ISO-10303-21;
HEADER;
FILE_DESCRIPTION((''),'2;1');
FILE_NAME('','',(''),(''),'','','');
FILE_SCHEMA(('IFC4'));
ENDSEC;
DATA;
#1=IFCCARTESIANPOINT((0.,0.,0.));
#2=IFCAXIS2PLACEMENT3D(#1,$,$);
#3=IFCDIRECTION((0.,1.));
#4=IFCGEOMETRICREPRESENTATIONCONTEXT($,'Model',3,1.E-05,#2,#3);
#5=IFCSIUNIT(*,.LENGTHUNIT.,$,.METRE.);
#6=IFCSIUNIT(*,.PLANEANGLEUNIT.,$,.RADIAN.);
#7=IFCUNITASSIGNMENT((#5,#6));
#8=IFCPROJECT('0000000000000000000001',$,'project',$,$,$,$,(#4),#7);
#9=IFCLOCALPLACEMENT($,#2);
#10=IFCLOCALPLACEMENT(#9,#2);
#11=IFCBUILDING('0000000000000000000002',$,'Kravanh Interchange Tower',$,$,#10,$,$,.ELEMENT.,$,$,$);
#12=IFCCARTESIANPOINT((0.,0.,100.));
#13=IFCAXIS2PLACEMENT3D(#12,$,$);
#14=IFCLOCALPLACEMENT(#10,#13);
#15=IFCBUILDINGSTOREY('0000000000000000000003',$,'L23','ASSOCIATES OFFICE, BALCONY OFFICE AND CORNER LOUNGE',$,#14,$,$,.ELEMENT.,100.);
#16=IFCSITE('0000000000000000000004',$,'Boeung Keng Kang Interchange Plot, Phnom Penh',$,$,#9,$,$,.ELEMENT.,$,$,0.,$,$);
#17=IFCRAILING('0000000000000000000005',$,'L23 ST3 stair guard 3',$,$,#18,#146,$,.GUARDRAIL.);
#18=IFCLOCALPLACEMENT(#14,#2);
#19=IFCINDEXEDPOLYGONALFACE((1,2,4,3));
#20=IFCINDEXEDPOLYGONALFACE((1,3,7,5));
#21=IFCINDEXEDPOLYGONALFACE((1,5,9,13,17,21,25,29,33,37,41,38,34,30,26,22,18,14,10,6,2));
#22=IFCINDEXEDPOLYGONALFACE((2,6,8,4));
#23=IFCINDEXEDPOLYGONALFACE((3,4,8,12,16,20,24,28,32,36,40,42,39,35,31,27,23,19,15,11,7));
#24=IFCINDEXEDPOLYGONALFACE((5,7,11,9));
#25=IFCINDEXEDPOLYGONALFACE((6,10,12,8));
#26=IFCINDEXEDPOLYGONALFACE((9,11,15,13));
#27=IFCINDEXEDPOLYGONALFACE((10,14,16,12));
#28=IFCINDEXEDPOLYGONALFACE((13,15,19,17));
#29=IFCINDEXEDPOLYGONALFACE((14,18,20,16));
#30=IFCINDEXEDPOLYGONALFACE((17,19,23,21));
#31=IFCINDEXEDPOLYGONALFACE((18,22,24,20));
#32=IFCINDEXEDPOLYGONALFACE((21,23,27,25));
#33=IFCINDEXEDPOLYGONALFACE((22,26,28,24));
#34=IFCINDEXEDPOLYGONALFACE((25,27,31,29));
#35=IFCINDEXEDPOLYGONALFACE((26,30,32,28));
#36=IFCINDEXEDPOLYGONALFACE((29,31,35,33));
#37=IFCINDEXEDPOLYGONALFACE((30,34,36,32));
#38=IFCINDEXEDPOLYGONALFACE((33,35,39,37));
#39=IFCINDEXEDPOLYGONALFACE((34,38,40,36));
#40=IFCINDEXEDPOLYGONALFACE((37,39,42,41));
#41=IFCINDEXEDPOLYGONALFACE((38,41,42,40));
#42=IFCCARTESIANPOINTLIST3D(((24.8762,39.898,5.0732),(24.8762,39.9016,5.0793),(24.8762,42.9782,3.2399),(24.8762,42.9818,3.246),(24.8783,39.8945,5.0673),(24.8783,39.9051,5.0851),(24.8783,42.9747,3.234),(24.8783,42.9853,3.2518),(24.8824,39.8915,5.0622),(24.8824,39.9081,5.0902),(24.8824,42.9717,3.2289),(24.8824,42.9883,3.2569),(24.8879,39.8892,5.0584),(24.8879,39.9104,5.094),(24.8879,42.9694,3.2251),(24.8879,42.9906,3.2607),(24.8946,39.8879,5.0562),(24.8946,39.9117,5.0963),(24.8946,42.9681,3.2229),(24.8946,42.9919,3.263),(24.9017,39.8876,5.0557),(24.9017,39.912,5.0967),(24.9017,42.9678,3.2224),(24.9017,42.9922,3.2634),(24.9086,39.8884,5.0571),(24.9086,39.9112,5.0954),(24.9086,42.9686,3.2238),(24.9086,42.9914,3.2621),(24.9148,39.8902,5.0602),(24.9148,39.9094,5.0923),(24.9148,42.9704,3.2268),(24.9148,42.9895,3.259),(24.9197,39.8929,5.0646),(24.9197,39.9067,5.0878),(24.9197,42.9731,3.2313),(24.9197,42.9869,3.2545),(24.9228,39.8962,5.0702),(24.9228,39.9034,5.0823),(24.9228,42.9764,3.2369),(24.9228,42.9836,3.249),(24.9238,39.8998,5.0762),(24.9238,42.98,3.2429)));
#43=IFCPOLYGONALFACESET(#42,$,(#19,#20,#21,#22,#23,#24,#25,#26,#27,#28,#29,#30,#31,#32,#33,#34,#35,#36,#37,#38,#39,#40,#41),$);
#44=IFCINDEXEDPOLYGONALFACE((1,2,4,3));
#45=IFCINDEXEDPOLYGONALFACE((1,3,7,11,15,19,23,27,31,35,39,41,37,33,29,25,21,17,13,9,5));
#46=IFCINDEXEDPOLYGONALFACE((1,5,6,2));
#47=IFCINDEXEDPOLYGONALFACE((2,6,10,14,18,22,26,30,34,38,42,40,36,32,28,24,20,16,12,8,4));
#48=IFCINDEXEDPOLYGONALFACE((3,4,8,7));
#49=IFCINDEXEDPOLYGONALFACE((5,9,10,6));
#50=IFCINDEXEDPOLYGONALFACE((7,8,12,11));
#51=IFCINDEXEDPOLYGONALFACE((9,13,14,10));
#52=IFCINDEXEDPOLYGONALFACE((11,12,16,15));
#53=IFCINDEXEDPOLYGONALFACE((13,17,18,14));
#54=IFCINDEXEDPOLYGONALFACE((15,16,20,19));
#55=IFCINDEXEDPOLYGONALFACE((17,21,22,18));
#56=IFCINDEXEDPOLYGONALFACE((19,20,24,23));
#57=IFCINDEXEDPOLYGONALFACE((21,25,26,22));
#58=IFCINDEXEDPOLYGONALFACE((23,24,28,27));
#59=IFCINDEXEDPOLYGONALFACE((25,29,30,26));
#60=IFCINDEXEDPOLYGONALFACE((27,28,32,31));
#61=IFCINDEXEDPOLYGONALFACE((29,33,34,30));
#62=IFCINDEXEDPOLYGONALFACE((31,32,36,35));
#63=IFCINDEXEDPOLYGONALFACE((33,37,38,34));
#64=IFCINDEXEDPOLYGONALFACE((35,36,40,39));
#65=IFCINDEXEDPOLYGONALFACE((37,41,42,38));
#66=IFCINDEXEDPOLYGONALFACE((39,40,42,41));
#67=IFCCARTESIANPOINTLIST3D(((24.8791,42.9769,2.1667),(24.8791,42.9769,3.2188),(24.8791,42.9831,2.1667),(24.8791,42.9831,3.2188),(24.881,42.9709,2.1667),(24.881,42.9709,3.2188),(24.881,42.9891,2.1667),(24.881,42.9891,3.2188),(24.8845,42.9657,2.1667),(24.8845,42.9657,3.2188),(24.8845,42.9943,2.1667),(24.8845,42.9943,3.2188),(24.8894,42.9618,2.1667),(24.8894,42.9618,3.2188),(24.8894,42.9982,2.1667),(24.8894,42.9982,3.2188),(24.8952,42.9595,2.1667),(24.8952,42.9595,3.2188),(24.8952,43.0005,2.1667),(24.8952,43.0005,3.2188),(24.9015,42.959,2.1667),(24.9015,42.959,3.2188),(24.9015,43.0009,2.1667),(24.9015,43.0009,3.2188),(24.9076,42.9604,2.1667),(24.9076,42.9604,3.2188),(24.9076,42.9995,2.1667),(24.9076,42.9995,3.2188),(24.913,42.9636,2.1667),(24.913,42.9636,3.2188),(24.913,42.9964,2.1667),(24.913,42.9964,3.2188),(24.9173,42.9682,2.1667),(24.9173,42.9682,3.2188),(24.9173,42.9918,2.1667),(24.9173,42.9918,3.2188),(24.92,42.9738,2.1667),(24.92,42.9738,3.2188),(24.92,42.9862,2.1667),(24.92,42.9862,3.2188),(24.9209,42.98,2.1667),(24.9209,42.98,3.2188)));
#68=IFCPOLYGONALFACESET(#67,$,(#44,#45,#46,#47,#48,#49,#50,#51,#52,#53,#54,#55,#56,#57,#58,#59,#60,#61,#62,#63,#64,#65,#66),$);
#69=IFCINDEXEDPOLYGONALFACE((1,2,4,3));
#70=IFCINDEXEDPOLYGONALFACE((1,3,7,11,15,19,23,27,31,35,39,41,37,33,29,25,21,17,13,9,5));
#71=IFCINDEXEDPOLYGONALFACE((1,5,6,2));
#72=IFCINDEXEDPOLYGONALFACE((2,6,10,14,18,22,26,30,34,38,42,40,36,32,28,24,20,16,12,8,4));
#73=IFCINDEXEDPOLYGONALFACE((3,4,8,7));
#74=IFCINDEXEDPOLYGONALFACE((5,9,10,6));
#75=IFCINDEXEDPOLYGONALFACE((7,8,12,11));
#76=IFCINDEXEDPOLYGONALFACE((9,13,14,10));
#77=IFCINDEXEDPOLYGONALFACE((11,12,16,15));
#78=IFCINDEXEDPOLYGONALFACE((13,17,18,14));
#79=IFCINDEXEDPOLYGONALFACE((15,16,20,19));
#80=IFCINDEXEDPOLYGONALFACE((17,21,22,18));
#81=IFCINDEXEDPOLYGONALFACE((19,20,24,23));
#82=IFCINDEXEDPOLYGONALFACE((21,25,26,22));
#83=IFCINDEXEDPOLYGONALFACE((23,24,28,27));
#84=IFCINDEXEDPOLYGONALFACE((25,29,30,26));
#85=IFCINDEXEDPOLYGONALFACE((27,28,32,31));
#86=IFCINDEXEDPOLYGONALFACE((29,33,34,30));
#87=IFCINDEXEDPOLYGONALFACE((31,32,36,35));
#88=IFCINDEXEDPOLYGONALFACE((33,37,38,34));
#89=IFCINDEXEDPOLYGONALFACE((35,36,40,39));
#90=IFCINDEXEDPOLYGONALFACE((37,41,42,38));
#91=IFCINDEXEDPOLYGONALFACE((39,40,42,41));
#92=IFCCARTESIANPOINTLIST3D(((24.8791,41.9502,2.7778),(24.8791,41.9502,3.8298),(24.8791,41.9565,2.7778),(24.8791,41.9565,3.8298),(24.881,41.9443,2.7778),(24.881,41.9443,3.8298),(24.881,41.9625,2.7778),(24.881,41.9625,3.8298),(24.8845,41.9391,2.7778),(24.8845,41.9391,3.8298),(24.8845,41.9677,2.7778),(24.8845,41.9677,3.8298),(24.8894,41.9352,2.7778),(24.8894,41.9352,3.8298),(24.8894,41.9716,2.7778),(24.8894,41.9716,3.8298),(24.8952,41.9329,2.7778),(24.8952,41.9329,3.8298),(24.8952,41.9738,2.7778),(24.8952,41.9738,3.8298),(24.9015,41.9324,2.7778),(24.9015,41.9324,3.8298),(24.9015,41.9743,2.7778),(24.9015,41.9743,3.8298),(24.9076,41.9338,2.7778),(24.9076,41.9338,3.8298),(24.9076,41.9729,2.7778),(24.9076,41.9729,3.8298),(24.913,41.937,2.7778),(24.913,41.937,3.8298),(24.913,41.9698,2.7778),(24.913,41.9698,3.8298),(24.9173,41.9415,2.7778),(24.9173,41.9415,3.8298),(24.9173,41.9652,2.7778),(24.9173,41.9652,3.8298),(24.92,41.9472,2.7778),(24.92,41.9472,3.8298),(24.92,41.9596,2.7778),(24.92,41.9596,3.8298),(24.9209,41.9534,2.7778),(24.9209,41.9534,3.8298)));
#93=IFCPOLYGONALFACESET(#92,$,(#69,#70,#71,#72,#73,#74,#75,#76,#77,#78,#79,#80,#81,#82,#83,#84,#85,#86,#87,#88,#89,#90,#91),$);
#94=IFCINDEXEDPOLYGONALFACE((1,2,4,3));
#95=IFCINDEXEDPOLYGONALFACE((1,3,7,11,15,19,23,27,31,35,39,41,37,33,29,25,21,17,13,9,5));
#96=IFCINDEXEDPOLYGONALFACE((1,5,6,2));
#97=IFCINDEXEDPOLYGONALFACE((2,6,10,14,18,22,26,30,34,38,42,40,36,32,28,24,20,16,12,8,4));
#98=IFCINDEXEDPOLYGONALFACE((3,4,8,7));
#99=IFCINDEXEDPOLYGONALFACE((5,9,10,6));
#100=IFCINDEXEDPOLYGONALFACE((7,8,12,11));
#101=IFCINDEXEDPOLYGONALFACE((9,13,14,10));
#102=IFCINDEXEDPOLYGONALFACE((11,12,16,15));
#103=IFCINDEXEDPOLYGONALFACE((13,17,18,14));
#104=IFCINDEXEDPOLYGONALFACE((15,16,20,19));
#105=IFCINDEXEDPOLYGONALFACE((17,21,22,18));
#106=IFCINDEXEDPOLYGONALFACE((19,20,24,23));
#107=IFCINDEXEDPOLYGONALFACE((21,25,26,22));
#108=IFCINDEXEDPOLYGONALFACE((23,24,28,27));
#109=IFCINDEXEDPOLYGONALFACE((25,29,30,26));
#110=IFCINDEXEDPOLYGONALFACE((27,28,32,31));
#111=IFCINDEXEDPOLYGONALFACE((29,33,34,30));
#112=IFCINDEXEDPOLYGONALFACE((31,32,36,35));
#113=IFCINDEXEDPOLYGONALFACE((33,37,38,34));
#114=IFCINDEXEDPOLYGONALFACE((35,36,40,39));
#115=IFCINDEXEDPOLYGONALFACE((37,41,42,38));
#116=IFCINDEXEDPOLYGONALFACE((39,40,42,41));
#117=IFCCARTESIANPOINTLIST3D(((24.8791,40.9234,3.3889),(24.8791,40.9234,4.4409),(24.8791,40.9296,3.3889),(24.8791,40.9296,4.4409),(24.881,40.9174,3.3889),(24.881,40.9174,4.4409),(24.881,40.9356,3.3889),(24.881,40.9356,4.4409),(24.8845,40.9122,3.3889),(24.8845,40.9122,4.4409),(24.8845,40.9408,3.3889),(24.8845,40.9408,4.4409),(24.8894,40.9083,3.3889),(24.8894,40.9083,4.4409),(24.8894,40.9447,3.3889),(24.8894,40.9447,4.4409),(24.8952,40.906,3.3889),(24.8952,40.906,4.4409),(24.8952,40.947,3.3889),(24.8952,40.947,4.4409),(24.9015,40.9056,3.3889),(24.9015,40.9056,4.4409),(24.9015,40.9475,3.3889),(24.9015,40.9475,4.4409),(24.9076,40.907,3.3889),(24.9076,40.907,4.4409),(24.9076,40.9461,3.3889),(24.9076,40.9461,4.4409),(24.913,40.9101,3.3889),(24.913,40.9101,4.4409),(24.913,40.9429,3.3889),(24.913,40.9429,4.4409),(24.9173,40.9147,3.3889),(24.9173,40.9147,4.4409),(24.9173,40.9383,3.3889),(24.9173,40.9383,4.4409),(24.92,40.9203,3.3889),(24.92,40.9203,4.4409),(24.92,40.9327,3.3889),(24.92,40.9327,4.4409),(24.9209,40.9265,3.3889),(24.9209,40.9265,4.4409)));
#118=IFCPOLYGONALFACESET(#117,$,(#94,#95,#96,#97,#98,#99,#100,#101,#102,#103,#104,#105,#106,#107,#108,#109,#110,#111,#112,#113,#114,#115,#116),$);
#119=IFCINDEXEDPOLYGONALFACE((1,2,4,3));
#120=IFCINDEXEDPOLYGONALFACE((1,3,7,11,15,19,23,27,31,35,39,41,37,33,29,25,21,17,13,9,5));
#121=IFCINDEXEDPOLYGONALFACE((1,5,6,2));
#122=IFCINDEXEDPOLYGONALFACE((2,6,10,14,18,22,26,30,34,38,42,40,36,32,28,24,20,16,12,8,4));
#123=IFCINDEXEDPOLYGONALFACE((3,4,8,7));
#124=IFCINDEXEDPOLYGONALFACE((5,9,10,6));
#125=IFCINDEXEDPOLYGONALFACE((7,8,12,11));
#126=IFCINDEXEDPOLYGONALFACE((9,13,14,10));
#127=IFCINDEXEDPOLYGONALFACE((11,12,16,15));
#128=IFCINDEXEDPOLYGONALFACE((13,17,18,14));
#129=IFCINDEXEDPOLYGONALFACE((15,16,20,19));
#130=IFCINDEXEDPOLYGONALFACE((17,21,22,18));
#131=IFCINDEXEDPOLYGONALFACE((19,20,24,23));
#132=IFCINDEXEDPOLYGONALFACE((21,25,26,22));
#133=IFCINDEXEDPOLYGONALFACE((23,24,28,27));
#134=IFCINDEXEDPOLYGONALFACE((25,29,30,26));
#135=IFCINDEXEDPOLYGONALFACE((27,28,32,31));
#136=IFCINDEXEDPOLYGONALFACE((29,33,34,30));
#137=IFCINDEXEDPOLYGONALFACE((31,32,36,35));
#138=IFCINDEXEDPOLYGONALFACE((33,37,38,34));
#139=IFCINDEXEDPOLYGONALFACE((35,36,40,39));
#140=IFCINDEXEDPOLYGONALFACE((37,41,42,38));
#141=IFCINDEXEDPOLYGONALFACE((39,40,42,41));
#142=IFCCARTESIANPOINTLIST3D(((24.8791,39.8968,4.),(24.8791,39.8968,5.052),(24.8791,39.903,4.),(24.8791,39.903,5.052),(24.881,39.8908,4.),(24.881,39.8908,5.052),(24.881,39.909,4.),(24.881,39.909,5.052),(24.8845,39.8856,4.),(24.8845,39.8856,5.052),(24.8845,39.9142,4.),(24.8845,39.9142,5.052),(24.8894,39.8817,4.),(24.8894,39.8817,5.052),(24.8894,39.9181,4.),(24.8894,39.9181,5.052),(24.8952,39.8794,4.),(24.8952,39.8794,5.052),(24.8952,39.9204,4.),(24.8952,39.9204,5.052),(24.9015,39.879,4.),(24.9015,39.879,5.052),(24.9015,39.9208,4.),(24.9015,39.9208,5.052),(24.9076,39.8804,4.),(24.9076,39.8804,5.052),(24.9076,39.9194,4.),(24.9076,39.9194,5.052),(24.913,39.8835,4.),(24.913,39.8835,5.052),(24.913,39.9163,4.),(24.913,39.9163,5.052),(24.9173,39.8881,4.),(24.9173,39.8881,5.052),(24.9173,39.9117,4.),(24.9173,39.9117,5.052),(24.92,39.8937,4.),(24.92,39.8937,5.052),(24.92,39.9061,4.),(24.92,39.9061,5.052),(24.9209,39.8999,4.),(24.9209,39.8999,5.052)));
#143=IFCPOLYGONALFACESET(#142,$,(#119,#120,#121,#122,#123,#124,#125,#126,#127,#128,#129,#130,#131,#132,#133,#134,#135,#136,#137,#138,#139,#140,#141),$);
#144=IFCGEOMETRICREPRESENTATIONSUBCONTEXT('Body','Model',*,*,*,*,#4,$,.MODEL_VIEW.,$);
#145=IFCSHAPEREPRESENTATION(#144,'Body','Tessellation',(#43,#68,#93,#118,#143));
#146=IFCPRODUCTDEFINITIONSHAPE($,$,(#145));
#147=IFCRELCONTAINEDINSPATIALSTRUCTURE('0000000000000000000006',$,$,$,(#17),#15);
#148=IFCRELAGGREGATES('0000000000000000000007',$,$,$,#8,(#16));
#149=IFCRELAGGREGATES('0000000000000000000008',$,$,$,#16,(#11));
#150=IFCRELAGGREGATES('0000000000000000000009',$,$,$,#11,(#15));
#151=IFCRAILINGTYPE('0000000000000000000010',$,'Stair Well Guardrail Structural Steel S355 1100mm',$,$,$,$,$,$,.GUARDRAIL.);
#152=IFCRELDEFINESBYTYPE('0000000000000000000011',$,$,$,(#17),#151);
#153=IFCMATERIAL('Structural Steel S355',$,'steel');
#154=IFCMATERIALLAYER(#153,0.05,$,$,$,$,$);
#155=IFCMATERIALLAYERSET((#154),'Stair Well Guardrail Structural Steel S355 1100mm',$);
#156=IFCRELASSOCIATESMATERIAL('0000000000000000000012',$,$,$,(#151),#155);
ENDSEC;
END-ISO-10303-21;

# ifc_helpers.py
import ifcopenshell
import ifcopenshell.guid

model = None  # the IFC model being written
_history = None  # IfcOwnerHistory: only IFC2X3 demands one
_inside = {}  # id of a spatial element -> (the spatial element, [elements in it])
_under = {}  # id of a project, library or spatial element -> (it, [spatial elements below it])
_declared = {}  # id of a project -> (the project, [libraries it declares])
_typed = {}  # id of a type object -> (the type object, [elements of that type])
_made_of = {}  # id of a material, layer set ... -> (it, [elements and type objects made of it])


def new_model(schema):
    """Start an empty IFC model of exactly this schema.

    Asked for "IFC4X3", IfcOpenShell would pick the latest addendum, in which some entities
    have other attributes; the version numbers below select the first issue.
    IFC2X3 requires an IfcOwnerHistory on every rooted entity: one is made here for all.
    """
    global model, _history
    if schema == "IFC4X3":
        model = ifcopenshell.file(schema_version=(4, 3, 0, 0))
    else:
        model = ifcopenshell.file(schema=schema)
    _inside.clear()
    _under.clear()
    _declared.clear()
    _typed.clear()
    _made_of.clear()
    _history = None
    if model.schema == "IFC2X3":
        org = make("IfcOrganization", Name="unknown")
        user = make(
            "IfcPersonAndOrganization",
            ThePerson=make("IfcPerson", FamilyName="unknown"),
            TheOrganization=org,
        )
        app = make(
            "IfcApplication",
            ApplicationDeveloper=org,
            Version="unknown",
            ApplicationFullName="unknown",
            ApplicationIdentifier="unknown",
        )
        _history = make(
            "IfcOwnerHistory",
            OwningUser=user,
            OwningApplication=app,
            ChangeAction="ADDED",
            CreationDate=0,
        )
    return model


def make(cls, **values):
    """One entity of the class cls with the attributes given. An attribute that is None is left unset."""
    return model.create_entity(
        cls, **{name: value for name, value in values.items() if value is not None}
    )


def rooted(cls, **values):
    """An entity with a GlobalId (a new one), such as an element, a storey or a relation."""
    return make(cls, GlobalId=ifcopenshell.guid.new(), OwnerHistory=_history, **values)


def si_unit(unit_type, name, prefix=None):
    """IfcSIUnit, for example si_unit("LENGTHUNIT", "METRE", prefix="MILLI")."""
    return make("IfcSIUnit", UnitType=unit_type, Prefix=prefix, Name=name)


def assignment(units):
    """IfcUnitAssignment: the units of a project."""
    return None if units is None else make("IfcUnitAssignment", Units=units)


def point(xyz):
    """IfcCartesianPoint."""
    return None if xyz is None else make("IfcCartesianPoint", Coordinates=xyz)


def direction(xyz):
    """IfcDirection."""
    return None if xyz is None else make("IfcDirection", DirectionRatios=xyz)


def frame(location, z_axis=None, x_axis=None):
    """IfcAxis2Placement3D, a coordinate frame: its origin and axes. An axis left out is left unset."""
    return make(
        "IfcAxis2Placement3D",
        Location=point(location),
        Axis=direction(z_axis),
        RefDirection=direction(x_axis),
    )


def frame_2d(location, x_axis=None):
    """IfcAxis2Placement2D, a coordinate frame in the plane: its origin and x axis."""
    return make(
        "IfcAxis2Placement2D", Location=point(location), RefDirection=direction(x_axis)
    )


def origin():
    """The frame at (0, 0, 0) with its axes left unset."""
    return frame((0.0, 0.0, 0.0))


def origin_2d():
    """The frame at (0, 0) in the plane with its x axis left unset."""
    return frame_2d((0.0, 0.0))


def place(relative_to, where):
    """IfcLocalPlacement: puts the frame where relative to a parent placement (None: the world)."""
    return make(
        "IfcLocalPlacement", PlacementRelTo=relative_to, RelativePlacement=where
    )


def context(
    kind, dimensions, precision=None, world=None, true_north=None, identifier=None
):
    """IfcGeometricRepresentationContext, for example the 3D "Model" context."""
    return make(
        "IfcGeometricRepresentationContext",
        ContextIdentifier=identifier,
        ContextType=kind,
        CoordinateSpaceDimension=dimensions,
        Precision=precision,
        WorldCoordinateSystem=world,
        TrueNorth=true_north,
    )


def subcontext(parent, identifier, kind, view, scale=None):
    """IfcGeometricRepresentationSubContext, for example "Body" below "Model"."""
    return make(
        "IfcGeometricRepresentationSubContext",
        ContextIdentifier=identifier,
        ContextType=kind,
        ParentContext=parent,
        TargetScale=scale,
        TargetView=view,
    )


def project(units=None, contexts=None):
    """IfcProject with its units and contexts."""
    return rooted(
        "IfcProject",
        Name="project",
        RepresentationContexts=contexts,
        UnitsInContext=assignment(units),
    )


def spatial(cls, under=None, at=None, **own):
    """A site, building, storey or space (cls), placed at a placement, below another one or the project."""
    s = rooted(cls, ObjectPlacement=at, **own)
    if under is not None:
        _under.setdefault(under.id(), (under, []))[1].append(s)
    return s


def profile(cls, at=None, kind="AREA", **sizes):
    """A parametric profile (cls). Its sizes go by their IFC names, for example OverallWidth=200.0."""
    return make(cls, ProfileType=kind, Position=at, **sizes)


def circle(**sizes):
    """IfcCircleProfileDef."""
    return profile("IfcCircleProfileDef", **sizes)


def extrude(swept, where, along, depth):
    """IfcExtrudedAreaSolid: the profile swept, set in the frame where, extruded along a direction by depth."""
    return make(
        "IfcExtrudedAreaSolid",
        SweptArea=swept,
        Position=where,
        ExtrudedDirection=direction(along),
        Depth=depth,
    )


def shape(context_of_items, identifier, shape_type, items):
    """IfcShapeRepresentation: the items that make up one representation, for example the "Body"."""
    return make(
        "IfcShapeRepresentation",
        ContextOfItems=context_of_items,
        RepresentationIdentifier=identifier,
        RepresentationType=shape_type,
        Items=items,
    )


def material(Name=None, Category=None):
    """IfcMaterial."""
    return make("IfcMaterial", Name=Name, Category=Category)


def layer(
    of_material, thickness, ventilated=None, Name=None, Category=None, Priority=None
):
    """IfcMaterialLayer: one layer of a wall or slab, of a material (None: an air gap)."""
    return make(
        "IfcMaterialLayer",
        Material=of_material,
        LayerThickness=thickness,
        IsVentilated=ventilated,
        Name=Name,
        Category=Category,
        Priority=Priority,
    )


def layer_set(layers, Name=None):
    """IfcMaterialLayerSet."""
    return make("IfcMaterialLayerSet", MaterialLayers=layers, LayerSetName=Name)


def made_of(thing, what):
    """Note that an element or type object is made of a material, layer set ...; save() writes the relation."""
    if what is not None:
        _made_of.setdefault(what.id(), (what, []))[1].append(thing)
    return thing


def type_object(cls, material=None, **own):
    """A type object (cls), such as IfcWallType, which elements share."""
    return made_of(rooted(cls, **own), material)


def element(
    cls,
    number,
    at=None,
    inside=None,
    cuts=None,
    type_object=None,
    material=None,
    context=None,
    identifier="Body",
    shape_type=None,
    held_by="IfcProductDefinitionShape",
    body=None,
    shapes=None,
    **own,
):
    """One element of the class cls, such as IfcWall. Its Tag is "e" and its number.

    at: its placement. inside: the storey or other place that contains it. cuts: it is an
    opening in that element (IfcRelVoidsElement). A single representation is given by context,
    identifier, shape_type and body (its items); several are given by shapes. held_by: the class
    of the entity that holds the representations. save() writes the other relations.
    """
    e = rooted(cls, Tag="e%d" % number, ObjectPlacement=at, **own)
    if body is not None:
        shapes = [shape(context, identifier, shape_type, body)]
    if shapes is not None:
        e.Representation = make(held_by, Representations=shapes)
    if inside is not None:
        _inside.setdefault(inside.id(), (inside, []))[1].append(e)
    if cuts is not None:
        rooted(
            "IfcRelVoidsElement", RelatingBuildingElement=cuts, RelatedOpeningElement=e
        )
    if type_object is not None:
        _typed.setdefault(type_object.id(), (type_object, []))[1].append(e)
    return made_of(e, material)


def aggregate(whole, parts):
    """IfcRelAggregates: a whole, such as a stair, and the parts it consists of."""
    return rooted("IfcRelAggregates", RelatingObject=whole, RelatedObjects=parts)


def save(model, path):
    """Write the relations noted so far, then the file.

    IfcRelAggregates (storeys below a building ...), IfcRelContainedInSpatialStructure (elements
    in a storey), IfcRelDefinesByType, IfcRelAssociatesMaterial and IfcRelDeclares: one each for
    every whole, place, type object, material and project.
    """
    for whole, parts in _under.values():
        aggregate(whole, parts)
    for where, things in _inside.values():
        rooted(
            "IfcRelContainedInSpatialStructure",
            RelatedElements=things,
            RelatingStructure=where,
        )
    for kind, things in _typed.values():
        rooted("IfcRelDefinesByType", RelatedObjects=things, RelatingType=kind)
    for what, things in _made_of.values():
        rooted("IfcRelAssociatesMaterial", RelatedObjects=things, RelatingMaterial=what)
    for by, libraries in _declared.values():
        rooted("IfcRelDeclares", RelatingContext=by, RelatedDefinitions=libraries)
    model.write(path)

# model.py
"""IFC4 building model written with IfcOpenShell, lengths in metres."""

from ifc_helpers import new_model, si_unit, direction, frame, origin, origin_2d, place, context, subcontext, project, spatial, circle, extrude, material, layer, layer_set, type_object, element, save


model = new_model("IFC4")

# Units and contexts
model_context = context("Model", 3, precision=1e-05, world=origin(), true_north=direction((0.0, 1.0)))
body_context = subcontext(model_context, "Body", "Model", "MODEL_VIEW")
ifc_project = project(units=[si_unit("LENGTHUNIT", "METRE"), si_unit("PLANEANGLEUNIT", "RADIAN")], contexts=[model_context])

# Site, building, storey
site_placement = place(None, origin())
site = spatial("IfcSite", under=ifc_project, at=site_placement, Name="Boeung Keng Kang Interchange Plot, Phnom Penh", CompositionType="ELEMENT", RefElevation=0.0)
building_placement = place(site_placement, origin())
building = spatial("IfcBuilding", under=site, at=building_placement, Name="Kravanh Interchange Tower", CompositionType="ELEMENT")
storey_placement = place(building_placement, frame((0.0, 0.0, 100.0)))
storey = spatial("IfcBuildingStorey", under=building, at=storey_placement, Name="L23", Description="ASSOCIATES OFFICE, BALCONY OFFICE AND CORNER LOUNGE", CompositionType="ELEMENT", Elevation=100.0)

# Railing
ifc_material_1 = material(Name="Structural Steel S355", Category="steel")
ifc_layer_1 = layer(ifc_material_1, 0.05)
ifc_layer_set_1 = layer_set([ifc_layer_1], Name="Stair Well Guardrail Structural Steel S355 1100mm")
railing_type_1 = type_object("IfcRailingType", Name="Stair Well Guardrail Structural Steel S355 1100mm", PredefinedType="GUARDRAIL", material=ifc_layer_set_1)
railing_1_placement = place(storey_placement, frame((24.8999, 42.98, 2.1667)))
element("IfcRailing", 1, at=railing_1_placement, inside=storey, type_object=railing_type_1, Name="L23 ST3 stair guard 3", PredefinedType="GUARDRAIL", context=body_context, shape_type="SweptSolid", body=[
    extrude(circle(Radius=0.0239, at=origin_2d()), frame((0.0, 0.0, 1.0762), z_axis=(0.0, -0.859309, 0.511458), x_axis=(1.0, 0.0, 0.0)), (0.0, 0.0, 1.0), 3.5845),
    extrude(circle(Radius=0.021, at=origin_2d()), origin(), (0.0, 0.0, 1.0), 1.052),
    extrude(circle(Radius=0.021, at=origin_2d()), frame((0.0, -1.0266, 0.6111)), (0.0, 0.0, 1.0), 1.052),
    extrude(circle(Radius=0.021, at=origin_2d()), frame((0.0, -2.0535, 1.2222)), (0.0, 0.0, 1.0), 1.052),
    extrude(circle(Radius=0.021, at=origin_2d()), frame((0.0, -3.0801, 1.8333)), (0.0, 0.0, 1.0), 1.052),
])

save(model, "model.ifc")
